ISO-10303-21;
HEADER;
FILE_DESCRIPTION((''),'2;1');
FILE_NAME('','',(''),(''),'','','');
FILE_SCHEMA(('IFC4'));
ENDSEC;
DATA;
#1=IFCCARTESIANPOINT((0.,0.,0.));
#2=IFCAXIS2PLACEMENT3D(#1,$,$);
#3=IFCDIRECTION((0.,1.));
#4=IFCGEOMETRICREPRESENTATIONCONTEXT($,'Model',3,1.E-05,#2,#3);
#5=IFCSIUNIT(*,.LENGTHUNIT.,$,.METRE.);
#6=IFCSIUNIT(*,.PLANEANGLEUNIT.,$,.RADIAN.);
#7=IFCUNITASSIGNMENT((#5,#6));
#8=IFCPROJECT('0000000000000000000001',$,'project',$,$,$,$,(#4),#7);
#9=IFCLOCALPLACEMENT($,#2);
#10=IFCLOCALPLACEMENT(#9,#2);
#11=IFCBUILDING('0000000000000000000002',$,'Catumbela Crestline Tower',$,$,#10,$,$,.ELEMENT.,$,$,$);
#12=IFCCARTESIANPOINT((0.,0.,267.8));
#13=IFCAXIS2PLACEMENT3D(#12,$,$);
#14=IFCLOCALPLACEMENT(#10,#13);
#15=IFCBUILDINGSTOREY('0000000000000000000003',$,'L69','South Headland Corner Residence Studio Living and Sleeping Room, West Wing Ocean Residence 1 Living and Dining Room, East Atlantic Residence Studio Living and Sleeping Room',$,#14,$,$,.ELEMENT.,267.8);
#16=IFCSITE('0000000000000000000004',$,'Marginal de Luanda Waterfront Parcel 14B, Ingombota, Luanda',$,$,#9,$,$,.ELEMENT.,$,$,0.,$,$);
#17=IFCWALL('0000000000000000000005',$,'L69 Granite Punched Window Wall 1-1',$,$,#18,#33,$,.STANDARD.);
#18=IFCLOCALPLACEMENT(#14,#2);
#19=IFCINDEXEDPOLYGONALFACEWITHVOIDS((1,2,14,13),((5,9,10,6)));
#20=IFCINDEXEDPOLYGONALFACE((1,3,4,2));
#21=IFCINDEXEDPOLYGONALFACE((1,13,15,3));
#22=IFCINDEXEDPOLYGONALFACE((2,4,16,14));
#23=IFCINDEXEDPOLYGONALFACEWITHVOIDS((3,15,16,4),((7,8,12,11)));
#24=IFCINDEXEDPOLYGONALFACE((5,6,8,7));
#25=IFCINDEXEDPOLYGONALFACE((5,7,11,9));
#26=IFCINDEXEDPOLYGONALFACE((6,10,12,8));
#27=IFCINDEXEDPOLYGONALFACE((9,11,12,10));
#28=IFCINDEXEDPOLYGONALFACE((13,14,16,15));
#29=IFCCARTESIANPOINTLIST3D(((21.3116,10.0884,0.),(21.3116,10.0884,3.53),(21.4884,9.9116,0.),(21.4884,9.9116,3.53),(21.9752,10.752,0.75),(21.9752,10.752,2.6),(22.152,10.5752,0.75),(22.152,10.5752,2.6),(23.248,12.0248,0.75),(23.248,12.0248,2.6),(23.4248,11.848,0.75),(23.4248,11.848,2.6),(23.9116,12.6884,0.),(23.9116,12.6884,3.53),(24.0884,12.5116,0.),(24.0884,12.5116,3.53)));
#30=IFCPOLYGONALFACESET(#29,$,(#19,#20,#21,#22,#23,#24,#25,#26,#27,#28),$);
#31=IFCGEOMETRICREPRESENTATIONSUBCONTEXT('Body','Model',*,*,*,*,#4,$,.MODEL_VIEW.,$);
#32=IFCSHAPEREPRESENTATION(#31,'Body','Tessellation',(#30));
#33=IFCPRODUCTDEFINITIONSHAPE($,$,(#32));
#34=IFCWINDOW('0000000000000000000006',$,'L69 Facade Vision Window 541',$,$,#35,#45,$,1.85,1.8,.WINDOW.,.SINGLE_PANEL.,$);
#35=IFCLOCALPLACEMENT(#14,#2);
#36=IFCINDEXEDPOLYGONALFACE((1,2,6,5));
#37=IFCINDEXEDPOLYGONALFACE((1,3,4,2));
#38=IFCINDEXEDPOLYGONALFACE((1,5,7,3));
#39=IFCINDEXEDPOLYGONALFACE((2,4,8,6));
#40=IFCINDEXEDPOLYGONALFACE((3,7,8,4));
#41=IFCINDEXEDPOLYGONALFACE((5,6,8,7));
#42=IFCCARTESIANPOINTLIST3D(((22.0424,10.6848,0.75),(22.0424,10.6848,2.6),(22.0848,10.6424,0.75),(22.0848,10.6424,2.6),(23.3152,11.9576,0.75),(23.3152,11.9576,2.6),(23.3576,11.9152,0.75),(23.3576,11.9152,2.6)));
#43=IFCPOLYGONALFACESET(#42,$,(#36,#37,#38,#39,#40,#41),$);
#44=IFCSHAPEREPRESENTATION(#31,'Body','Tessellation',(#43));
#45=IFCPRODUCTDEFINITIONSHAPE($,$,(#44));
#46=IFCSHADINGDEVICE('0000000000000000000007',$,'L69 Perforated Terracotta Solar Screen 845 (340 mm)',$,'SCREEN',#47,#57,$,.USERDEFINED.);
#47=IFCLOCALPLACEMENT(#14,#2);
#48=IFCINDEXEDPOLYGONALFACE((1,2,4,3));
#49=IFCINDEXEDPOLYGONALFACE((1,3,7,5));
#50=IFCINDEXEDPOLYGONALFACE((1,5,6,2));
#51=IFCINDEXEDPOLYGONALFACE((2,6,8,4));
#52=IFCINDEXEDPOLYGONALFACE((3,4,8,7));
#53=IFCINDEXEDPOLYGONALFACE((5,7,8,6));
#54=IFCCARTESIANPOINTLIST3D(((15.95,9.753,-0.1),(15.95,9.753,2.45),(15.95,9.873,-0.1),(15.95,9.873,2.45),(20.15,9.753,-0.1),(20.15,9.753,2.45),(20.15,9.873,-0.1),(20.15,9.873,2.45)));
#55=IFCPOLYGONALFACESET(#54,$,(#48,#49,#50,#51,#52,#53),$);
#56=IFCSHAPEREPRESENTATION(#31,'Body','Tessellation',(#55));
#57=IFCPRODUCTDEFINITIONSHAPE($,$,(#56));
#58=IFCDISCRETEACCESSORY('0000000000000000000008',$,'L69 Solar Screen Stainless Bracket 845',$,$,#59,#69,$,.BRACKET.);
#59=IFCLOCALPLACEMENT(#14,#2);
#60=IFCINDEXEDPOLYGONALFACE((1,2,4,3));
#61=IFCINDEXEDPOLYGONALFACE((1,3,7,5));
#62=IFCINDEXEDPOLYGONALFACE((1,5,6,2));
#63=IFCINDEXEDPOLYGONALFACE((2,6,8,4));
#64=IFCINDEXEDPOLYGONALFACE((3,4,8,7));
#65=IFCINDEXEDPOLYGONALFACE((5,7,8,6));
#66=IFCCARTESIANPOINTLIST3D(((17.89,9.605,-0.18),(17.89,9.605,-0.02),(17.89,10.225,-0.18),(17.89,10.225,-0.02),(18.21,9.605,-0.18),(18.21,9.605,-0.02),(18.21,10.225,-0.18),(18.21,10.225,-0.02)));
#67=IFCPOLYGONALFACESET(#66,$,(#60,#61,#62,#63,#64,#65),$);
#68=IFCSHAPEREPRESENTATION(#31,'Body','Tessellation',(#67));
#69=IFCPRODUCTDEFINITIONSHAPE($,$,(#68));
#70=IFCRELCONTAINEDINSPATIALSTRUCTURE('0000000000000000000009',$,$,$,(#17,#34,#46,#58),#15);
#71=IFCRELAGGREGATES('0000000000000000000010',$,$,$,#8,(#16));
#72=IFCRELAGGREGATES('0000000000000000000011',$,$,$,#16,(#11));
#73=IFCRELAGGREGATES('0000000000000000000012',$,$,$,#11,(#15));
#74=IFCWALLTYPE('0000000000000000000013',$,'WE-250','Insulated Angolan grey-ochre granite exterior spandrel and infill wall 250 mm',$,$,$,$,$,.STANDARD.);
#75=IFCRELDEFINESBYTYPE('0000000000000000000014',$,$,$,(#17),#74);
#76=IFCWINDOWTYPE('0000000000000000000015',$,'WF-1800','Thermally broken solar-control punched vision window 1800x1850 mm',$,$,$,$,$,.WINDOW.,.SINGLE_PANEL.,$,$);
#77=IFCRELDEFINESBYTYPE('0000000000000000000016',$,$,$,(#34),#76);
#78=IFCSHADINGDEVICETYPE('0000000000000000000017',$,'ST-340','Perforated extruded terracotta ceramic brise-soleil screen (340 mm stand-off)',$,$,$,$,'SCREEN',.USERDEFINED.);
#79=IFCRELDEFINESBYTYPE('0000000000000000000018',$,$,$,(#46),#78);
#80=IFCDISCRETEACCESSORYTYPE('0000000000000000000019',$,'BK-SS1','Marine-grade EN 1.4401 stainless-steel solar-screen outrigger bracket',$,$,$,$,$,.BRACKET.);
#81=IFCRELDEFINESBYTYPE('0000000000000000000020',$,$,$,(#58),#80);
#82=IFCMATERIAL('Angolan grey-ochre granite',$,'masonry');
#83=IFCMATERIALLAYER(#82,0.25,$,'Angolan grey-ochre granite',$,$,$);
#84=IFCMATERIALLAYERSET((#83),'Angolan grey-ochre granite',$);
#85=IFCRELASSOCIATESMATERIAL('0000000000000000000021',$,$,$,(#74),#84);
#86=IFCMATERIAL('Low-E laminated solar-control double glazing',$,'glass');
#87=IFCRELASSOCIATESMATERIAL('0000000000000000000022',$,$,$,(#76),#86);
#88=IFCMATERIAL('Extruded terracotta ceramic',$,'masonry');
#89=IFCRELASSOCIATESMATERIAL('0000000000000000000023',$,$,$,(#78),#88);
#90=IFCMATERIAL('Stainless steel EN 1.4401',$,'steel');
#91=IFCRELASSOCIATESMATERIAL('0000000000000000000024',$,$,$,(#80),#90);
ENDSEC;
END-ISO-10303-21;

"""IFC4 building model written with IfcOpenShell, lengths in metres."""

from ifc_helpers import new_model, si_unit, direction, frame, frame_2d, origin, origin_2d, place, context, subcontext, project, spatial, rectangle, extrude, material, layer, layer_set, type_object, element, fill, save


model = new_model("IFC4")

# Units and contexts
model_context = context("Model", 3, precision=1e-05, world=origin(), true_north=direction((0.0, 1.0)))
body_context = subcontext(model_context, "Body", "Model", "MODEL_VIEW")
ifc_project = project(units=[si_unit("LENGTHUNIT", "METRE"), si_unit("PLANEANGLEUNIT", "RADIAN")], contexts=[model_context])

# Site, building, storey
site_placement = place(None, origin())
site = spatial("IfcSite", under=ifc_project, at=site_placement, Name="Marginal de Luanda Waterfront Parcel 14B, Ingombota, Luanda", CompositionType="ELEMENT", RefElevation=0.0)
building_placement = place(site_placement, origin())
building = spatial("IfcBuilding", under=site, at=building_placement, Name="Catumbela Crestline Tower", CompositionType="ELEMENT")
storey_placement = place(building_placement, frame((0.0, 0.0, 267.8)))
storey = spatial("IfcBuildingStorey", under=building, at=storey_placement, Name="L69", Description="South Headland Corner Residence Studio Living and Sleeping Room, West Wing Ocean Residence 1 Living and Dining Room, East Atlantic Residence Studio Living and Sleeping Room", CompositionType="ELEMENT", Elevation=267.8)

# Shared definitions
ifc_material_1 = material(Name="Low-E laminated solar-control double glazing", Category="glass")

# Wall, opening, window
ifc_material_2 = material(Name="Angolan grey-ochre granite", Category="masonry")
ifc_layer_1 = layer(ifc_material_2, 0.25, Name="Angolan grey-ochre granite")
ifc_layer_set_1 = layer_set([ifc_layer_1], Name="Angolan grey-ochre granite")
wall_type_1 = type_object("IfcWallType", Name="WE-250", Description="Insulated Angolan grey-ochre granite exterior spandrel and infill wall 250 mm", PredefinedType="STANDARD", material=ifc_layer_set_1)
wall_1_placement = place(storey_placement, frame((21.4, 10.0, 0.0), z_axis=(0.0, 0.0, 1.0), x_axis=(0.707107, 0.707107, 0.0)))
wall_1 = element("IfcWall", 1, at=wall_1_placement, inside=storey, type_object=wall_type_1, Name="L69 Granite Punched Window Wall 1-1", PredefinedType="STANDARD", context=body_context, shape_type="SweptSolid", body=[
    extrude(rectangle(XDim=3.677, YDim=0.25, at=frame_2d((1.8385, 0.0))), origin(), (0.0, 0.0, 1.0), 3.53),
])
opening_1_placement = place(wall_1_placement, frame((0.9385, 0.0, 0.75)))
opening_1 = element("IfcOpeningElement", 2, at=opening_1_placement, cuts=wall_1, PredefinedType="OPENING", context=body_context, shape_type="SweptSolid", body=[
    extrude(rectangle(XDim=1.8, YDim=1.85, at=frame_2d((0.9, 0.925))), frame((0.0, 0.135, 0.0), z_axis=(0.0, -1.0, 0.0), x_axis=(1.0, 0.0, 0.0)), (0.0, 0.0, 1.0), 0.27),
])
window_type = type_object("IfcWindowType", Name="WF-1800", Description="Thermally broken solar-control punched vision window 1800x1850 mm", PartitioningType="SINGLE_PANEL", PredefinedType="WINDOW", material=ifc_material_1)
window_placement = place(opening_1_placement, origin())
window = element("IfcWindow", 3, at=window_placement, inside=storey, type_object=window_type, Name="L69 Facade Vision Window 541", OverallHeight=1.85, OverallWidth=1.8, PartitioningType="SINGLE_PANEL", PredefinedType="WINDOW", context=body_context, shape_type="SweptSolid", body=[
    extrude(rectangle(XDim=1.8, YDim=1.85, at=frame_2d((0.9, 0.925))), frame((0.0, 0.03, 0.0), z_axis=(0.0, -1.0, 0.0), x_axis=(1.0, 0.0, 0.0)), (0.0, 0.0, 1.0), 0.06),
])
fill(opening_1, window)

# Shading device
ifc_material_3 = material(Name="Extruded terracotta ceramic", Category="masonry")
shading_device_type = type_object("IfcShadingDeviceType", Name="ST-340", Description="Perforated extruded terracotta ceramic brise-soleil screen (340 mm stand-off)", ElementType="SCREEN", PredefinedType="USERDEFINED", material=ifc_material_3)
shading_device_placement = place(storey_placement, frame((18.05, 9.813, -0.1), z_axis=(0.0, 0.0, 1.0), x_axis=(1.0, 0.0, 0.0)))
element("IfcShadingDevice", 4, at=shading_device_placement, inside=storey, type_object=shading_device_type, Name="L69 Perforated Terracotta Solar Screen 845 (340 mm)", ObjectType="SCREEN", PredefinedType="USERDEFINED", context=body_context, shape_type="SweptSolid", body=[
    extrude(rectangle(XDim=4.2, YDim=0.12, at=origin_2d()), origin(), (0.0, 0.0, 1.0), 2.55),
])

# Discrete accessory
ifc_material_4 = material(Name="Stainless steel EN 1.4401", Category="steel")
discrete_accessory_type = type_object("IfcDiscreteAccessoryType", Name="BK-SS1", Description="Marine-grade EN 1.4401 stainless-steel solar-screen outrigger bracket", PredefinedType="BRACKET", material=ifc_material_4)
discrete_accessory_placement = place(storey_placement, frame((18.05, 9.915, -0.18), z_axis=(0.0, 0.0, 1.0), x_axis=(1.0, 0.0, 0.0)))
element("IfcDiscreteAccessory", 5, at=discrete_accessory_placement, inside=storey, type_object=discrete_accessory_type, Name="L69 Solar Screen Stainless Bracket 845", PredefinedType="BRACKET", context=body_context, shape_type="SweptSolid", body=[
    extrude(rectangle(XDim=0.32, YDim=0.62, at=origin_2d()), origin(), (0.0, 0.0, 1.0), 0.16),
])

save(model, "model.ifc")
